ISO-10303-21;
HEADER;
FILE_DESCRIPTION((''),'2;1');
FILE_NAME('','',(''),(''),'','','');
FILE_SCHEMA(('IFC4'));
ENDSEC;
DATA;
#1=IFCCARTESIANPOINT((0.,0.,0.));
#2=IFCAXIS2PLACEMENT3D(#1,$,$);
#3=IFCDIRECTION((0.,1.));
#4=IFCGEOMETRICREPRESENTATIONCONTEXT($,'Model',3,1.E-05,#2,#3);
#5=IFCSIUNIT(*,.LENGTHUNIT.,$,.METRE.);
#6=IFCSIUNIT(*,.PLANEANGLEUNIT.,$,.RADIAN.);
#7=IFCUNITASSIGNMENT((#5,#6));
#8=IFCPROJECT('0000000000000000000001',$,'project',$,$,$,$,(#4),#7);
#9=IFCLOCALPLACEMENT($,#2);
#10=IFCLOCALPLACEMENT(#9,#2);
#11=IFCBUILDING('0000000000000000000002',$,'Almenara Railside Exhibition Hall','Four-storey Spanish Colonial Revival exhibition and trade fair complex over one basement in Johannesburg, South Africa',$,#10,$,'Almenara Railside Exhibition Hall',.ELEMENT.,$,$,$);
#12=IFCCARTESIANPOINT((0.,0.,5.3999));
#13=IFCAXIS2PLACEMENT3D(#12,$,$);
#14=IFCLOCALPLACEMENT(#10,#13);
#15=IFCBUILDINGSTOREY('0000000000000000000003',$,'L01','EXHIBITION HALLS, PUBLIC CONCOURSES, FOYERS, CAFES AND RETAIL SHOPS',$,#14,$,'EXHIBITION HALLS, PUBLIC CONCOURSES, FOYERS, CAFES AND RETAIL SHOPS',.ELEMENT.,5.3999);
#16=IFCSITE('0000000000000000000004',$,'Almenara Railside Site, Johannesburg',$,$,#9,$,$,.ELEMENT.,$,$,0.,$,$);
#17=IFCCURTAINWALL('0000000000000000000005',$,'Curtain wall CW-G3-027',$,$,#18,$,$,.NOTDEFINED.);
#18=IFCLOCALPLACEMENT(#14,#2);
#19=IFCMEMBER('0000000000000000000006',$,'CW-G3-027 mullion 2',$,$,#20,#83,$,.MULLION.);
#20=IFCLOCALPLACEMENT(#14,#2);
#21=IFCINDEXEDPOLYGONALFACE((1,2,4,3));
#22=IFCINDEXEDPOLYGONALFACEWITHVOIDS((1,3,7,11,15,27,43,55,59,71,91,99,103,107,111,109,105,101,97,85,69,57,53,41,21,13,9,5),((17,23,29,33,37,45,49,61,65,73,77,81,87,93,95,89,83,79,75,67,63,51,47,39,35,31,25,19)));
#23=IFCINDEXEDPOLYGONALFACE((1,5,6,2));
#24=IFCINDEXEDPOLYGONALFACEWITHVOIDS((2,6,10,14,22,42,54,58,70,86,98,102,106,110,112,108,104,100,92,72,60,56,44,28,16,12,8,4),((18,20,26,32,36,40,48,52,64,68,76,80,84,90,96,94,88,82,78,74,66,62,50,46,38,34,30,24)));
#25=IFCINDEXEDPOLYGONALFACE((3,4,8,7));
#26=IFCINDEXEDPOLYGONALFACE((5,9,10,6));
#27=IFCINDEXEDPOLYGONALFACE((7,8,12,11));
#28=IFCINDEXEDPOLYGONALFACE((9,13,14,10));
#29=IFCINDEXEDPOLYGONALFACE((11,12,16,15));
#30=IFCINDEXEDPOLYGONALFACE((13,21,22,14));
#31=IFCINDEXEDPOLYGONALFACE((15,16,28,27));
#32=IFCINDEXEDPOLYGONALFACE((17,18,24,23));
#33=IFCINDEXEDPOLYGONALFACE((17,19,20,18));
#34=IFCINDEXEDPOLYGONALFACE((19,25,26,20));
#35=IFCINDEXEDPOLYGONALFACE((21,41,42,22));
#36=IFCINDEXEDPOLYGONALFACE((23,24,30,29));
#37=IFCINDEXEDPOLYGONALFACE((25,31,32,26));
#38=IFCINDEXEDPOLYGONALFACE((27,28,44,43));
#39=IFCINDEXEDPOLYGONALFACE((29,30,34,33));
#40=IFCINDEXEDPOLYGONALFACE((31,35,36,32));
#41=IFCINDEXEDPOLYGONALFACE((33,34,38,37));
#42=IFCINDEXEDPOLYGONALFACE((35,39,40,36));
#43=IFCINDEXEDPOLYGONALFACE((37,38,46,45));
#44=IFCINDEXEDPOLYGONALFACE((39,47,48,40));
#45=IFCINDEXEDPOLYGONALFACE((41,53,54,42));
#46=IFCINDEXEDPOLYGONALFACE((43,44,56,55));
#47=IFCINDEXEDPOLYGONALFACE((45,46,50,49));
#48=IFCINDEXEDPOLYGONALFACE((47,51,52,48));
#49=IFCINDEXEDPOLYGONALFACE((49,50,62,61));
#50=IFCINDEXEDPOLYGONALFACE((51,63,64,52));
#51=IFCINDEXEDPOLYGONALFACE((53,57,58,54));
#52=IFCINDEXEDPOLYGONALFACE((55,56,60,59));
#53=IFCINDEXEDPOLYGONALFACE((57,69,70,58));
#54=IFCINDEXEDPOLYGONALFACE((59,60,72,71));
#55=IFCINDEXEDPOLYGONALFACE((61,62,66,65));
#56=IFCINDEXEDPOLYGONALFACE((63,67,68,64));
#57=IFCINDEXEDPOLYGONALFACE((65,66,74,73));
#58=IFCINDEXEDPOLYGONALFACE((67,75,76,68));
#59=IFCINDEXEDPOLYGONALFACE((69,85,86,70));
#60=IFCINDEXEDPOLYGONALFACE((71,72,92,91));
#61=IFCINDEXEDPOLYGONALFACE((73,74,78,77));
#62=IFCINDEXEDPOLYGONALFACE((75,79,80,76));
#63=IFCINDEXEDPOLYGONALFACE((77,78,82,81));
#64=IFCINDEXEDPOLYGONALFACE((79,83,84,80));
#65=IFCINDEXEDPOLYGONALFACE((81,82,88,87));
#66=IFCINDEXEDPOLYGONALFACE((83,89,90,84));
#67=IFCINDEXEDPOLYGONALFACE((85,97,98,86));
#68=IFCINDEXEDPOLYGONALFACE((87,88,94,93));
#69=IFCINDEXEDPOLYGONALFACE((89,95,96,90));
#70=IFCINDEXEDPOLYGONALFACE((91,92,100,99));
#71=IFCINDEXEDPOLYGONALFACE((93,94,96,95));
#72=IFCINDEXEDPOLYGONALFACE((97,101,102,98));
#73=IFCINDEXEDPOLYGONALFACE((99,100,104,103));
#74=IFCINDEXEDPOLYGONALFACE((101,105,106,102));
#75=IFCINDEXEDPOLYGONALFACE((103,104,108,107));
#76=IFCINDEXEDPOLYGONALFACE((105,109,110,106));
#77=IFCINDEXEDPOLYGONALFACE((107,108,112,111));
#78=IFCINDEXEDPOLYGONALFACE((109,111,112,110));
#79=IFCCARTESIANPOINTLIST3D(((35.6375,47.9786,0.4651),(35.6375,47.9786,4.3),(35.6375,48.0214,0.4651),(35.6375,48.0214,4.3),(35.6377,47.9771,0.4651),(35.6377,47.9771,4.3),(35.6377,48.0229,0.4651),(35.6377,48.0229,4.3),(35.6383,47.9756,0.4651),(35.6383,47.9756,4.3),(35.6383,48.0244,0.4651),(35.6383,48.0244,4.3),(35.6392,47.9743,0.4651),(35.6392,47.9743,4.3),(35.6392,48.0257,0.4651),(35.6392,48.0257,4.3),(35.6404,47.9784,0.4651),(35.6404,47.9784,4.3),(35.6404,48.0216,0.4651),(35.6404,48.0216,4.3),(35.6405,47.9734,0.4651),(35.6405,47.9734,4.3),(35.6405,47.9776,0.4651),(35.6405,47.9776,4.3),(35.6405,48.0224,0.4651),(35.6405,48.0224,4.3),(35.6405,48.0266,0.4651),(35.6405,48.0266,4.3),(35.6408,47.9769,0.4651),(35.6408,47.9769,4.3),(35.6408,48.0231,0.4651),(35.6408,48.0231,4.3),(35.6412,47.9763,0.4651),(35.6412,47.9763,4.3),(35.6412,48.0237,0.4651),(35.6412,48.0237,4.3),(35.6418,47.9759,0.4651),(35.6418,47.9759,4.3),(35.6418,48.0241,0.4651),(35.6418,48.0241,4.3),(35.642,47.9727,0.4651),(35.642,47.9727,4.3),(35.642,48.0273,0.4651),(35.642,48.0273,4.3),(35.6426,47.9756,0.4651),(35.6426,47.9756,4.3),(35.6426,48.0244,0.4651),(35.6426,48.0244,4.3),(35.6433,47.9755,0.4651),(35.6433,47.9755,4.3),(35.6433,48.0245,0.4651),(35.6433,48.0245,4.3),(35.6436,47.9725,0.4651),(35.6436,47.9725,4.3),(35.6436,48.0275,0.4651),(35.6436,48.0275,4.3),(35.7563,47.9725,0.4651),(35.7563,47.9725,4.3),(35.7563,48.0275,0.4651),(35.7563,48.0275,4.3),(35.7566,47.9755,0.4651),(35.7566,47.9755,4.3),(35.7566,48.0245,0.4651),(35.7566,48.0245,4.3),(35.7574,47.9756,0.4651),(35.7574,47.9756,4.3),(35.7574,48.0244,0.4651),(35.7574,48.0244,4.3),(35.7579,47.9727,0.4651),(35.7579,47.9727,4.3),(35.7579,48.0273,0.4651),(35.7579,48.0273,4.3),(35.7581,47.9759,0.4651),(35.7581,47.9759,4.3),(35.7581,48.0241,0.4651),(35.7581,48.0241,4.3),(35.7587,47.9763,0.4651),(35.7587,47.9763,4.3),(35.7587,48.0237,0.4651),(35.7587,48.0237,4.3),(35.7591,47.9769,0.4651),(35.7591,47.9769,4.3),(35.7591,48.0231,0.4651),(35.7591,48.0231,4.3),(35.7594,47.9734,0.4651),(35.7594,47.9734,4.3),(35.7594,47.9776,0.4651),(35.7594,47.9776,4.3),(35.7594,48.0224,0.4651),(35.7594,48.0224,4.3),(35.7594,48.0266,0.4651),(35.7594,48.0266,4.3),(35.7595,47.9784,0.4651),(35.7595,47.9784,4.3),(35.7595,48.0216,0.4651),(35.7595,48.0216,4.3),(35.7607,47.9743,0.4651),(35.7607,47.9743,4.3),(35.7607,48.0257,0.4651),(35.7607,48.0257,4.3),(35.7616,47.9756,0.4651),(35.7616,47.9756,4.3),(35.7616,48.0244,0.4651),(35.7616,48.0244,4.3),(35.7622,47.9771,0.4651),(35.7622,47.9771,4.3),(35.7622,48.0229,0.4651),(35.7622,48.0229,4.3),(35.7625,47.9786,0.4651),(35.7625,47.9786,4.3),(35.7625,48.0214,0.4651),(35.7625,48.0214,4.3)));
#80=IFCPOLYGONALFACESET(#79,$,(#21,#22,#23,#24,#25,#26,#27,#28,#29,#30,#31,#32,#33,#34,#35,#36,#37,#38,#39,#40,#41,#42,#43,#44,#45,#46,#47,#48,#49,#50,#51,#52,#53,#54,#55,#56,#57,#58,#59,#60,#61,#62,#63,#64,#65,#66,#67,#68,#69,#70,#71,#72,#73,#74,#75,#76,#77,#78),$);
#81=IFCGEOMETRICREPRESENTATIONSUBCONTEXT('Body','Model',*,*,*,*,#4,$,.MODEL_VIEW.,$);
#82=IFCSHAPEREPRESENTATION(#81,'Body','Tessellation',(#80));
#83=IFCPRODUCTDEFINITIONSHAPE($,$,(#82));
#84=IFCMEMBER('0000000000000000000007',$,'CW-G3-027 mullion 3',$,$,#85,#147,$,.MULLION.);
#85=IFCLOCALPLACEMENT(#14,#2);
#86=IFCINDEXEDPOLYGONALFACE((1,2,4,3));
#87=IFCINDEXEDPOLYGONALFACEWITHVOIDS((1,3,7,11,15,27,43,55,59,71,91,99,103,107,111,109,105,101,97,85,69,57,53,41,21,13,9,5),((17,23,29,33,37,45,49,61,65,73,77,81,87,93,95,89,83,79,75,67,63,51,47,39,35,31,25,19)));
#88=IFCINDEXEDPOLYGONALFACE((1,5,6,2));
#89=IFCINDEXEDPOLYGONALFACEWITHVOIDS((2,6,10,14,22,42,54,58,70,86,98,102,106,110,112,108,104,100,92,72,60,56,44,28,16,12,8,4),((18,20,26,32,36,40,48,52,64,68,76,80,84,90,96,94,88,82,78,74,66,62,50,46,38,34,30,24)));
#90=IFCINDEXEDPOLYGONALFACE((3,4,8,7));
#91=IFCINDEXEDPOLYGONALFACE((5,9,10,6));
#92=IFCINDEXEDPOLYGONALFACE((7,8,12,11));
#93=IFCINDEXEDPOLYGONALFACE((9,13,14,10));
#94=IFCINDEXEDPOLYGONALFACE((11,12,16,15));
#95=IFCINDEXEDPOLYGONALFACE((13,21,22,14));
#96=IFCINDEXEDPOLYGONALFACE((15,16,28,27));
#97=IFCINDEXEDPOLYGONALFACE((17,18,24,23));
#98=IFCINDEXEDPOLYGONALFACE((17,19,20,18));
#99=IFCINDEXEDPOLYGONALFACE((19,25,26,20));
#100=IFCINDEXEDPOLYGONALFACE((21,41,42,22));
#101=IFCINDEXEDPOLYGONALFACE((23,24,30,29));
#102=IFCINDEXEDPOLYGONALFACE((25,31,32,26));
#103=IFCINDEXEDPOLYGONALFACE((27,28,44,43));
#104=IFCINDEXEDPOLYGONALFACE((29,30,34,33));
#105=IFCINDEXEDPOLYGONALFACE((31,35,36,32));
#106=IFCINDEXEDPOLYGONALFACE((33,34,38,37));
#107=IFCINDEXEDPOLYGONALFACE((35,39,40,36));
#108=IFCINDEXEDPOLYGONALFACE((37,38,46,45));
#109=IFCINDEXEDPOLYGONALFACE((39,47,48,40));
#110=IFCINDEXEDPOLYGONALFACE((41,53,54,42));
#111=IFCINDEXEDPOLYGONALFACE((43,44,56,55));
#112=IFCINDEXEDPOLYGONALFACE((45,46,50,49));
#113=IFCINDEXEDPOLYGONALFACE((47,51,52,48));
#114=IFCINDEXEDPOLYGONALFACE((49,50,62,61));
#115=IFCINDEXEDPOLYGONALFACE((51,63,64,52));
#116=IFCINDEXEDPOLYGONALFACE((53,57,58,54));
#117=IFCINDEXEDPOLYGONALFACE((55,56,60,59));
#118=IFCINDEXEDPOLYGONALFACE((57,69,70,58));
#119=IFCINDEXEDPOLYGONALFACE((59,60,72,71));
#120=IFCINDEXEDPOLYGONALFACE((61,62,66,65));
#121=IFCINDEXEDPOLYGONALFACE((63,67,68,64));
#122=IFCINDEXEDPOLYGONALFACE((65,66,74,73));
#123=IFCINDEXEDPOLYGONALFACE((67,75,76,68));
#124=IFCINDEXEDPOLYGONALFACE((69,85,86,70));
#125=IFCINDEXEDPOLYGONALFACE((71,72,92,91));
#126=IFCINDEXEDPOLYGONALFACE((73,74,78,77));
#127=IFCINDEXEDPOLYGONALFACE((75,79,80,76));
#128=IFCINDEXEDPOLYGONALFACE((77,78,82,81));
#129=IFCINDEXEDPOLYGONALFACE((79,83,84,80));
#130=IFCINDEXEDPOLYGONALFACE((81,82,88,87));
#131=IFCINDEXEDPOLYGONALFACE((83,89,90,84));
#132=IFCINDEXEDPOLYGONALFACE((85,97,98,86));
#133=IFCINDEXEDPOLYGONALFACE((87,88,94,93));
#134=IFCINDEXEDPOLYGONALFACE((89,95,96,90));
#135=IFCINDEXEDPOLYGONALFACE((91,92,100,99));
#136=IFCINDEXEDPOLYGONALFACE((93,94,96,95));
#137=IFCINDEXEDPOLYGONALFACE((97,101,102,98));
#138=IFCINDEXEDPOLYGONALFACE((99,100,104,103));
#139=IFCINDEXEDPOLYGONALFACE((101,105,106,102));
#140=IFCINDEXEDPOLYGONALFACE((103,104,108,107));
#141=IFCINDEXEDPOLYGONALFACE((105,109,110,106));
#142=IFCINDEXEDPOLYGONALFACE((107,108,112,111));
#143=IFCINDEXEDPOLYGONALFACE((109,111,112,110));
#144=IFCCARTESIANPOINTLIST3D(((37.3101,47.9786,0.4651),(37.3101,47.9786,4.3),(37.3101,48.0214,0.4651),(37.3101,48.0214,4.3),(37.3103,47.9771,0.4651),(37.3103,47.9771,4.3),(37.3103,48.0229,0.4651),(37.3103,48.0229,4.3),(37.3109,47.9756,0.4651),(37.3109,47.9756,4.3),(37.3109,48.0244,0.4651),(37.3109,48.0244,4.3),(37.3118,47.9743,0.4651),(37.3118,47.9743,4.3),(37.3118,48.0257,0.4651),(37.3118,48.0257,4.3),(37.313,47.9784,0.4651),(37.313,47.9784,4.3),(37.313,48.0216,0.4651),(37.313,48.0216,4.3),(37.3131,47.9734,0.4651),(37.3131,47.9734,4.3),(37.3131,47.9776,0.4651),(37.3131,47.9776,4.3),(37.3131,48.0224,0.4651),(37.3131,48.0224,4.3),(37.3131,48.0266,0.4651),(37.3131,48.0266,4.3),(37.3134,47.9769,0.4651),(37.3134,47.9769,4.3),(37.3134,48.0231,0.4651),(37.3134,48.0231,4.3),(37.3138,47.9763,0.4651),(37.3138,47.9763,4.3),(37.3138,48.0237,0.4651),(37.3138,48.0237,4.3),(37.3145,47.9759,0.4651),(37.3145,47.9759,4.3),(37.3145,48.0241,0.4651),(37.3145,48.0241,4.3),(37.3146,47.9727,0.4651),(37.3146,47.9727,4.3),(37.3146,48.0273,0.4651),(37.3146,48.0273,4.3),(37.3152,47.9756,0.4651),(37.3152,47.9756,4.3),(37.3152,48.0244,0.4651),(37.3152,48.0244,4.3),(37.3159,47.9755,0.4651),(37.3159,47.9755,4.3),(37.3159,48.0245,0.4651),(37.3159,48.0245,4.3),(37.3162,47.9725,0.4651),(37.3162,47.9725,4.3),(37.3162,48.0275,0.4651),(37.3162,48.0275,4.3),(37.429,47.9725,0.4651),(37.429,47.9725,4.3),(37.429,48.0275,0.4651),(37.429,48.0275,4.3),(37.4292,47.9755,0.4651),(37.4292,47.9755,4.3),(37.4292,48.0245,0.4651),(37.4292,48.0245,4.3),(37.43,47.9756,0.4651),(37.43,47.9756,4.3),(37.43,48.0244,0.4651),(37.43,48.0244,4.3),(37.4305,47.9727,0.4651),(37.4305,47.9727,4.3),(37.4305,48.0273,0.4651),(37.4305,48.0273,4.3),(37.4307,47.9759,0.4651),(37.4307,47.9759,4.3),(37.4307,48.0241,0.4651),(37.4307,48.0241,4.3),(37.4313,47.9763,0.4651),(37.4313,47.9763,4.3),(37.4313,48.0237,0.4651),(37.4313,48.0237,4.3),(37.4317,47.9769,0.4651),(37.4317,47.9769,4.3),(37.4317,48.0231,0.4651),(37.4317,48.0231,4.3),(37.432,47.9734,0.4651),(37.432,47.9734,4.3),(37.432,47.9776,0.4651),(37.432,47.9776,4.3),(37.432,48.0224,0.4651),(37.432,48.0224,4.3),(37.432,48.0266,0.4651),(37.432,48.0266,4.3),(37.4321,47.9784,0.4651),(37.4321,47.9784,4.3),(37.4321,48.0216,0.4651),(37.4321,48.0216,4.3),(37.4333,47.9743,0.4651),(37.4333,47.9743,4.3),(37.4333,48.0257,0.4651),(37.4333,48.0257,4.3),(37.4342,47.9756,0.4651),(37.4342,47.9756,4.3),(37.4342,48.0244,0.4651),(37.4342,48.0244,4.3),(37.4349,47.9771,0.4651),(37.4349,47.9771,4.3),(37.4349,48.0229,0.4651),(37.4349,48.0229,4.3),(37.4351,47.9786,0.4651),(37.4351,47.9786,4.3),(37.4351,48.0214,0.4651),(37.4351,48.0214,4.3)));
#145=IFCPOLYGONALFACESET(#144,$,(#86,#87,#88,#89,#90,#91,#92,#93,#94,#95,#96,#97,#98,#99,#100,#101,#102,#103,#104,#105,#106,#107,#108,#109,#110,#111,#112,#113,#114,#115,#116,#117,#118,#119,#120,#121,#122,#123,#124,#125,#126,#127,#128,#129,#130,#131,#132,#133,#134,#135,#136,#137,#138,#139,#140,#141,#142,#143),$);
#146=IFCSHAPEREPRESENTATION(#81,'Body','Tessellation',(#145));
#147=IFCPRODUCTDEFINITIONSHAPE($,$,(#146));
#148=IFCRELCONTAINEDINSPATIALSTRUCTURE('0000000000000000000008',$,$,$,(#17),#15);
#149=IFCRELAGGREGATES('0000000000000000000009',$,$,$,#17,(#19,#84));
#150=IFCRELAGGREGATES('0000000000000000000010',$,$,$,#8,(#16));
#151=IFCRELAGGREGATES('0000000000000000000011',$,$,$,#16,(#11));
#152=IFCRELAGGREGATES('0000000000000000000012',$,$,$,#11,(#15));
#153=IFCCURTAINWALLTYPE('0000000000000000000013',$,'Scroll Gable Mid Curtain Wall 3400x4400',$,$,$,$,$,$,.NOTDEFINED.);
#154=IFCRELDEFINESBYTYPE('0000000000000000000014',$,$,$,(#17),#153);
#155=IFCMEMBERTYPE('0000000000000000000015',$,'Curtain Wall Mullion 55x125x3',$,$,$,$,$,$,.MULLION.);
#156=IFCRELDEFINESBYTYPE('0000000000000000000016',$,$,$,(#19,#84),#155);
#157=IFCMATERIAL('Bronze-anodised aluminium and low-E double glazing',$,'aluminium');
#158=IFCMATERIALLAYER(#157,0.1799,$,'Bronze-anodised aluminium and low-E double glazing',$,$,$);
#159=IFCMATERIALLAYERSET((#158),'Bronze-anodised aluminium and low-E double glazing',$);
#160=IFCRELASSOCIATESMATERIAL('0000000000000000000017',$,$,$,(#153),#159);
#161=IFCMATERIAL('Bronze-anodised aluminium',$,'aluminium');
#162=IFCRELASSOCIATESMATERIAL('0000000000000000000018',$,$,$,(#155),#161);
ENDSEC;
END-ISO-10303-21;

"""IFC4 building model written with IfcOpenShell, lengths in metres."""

from ifc_helpers import new_model, si_unit, direction, frame, origin, origin_2d, place, context, subcontext, project, spatial, hollow_rectangle, extrude, material, layer, layer_set, material_profile, profile_set, type_object, element, aggregate, save


model = new_model("IFC4")

# Units and contexts
model_context = context("Model", 3, precision=1e-05, world=origin(), true_north=direction((0.0, 1.0)))
body_context = subcontext(model_context, "Body", "Model", "MODEL_VIEW")
ifc_project = project(units=[si_unit("LENGTHUNIT", "METRE"), si_unit("PLANEANGLEUNIT", "RADIAN")], contexts=[model_context])

# Site, building, storey
site_placement = place(None, origin())
site = spatial("IfcSite", under=ifc_project, at=site_placement, Name="Almenara Railside Site, Johannesburg", CompositionType="ELEMENT", RefElevation=0.0)
building_placement = place(site_placement, origin())
building = spatial("IfcBuilding", under=site, at=building_placement, Name="Almenara Railside Exhibition Hall", Description="Four-storey Spanish Colonial Revival exhibition and trade fair complex over one basement in Johannesburg, South Africa", LongName="Almenara Railside Exhibition Hall", CompositionType="ELEMENT")
storey_placement = place(building_placement, frame((0.0, 0.0, 5.3999)))
storey = spatial("IfcBuildingStorey", under=building, at=storey_placement, Name="L01", Description="EXHIBITION HALLS, PUBLIC CONCOURSES, FOYERS, CAFES AND RETAIL SHOPS", LongName="EXHIBITION HALLS, PUBLIC CONCOURSES, FOYERS, CAFES AND RETAIL SHOPS", CompositionType="ELEMENT", Elevation=5.3999)

# Curtain wall, members
ifc_material_1 = material(Name="Bronze-anodised aluminium and low-E double glazing", Category="aluminium")
ifc_layer_1 = layer(ifc_material_1, 0.1799, Name="Bronze-anodised aluminium and low-E double glazing")
ifc_layer_set_1 = layer_set([ifc_layer_1], Name="Bronze-anodised aluminium and low-E double glazing")
curtain_wall_type_1 = type_object("IfcCurtainWallType", Name="Scroll Gable Mid Curtain Wall 3400x4400", PredefinedType="NOTDEFINED", material=ifc_layer_set_1)
curtain_wall_1_placement = place(storey_placement, origin())
curtain_wall_1 = element("IfcCurtainWall", 1, at=curtain_wall_1_placement, inside=storey, type_object=curtain_wall_type_1, Name="Curtain wall CW-G3-027", PredefinedType="NOTDEFINED")
ifc_material_2 = material(Name="Bronze-anodised aluminium", Category="aluminium")
ifc_material_profile_1 = material_profile(ifc_material_2, hollow_rectangle(XDim=0.0549, YDim=0.125, WallThickness=0.0029, InnerFilletRadius=0.0029, OuterFilletRadius=0.0061, at=origin_2d()), Name="ALU-MUL 55x125x3")
ifc_profile_set_1 = profile_set([ifc_material_profile_1], Name="Bronze-anodised aluminium")
member_type_1 = type_object("IfcMemberType", Name="Curtain Wall Mullion 55x125x3", PredefinedType="MULLION", material=ifc_profile_set_1)
member_1_placement = place(storey_placement, frame((35.7, 48.0, 0.4651), z_axis=(0.0, 0.0, 1.0), x_axis=(0.0, 1.0, 0.0)))
member_1 = element("IfcMember", 2, at=member_1_placement, type_object=member_type_1, Name="CW-G3-027 mullion 2", PredefinedType="MULLION", context=body_context, shape_type="SweptSolid", body=[
    extrude(hollow_rectangle(XDim=0.0549, YDim=0.125, WallThickness=0.0029, InnerFilletRadius=0.0029, OuterFilletRadius=0.0061, at=origin_2d()), origin(), (0.0, 0.0, 1.0), 3.835),
])
member_2_placement = place(storey_placement, frame((37.3726, 48.0, 0.4651), z_axis=(0.0, 0.0, 1.0), x_axis=(0.0, 1.0, 0.0)))
member_2 = element("IfcMember", 3, at=member_2_placement, type_object=member_type_1, Name="CW-G3-027 mullion 3", PredefinedType="MULLION", context=body_context, shape_type="SweptSolid", body=[
    extrude(hollow_rectangle(XDim=0.0549, YDim=0.125, WallThickness=0.0029, InnerFilletRadius=0.0029, OuterFilletRadius=0.0061, at=origin_2d()), origin(), (0.0, 0.0, 1.0), 3.835),
])

aggregate(curtain_wall_1, [member_1, member_2])

save(model, "model.ifc")
